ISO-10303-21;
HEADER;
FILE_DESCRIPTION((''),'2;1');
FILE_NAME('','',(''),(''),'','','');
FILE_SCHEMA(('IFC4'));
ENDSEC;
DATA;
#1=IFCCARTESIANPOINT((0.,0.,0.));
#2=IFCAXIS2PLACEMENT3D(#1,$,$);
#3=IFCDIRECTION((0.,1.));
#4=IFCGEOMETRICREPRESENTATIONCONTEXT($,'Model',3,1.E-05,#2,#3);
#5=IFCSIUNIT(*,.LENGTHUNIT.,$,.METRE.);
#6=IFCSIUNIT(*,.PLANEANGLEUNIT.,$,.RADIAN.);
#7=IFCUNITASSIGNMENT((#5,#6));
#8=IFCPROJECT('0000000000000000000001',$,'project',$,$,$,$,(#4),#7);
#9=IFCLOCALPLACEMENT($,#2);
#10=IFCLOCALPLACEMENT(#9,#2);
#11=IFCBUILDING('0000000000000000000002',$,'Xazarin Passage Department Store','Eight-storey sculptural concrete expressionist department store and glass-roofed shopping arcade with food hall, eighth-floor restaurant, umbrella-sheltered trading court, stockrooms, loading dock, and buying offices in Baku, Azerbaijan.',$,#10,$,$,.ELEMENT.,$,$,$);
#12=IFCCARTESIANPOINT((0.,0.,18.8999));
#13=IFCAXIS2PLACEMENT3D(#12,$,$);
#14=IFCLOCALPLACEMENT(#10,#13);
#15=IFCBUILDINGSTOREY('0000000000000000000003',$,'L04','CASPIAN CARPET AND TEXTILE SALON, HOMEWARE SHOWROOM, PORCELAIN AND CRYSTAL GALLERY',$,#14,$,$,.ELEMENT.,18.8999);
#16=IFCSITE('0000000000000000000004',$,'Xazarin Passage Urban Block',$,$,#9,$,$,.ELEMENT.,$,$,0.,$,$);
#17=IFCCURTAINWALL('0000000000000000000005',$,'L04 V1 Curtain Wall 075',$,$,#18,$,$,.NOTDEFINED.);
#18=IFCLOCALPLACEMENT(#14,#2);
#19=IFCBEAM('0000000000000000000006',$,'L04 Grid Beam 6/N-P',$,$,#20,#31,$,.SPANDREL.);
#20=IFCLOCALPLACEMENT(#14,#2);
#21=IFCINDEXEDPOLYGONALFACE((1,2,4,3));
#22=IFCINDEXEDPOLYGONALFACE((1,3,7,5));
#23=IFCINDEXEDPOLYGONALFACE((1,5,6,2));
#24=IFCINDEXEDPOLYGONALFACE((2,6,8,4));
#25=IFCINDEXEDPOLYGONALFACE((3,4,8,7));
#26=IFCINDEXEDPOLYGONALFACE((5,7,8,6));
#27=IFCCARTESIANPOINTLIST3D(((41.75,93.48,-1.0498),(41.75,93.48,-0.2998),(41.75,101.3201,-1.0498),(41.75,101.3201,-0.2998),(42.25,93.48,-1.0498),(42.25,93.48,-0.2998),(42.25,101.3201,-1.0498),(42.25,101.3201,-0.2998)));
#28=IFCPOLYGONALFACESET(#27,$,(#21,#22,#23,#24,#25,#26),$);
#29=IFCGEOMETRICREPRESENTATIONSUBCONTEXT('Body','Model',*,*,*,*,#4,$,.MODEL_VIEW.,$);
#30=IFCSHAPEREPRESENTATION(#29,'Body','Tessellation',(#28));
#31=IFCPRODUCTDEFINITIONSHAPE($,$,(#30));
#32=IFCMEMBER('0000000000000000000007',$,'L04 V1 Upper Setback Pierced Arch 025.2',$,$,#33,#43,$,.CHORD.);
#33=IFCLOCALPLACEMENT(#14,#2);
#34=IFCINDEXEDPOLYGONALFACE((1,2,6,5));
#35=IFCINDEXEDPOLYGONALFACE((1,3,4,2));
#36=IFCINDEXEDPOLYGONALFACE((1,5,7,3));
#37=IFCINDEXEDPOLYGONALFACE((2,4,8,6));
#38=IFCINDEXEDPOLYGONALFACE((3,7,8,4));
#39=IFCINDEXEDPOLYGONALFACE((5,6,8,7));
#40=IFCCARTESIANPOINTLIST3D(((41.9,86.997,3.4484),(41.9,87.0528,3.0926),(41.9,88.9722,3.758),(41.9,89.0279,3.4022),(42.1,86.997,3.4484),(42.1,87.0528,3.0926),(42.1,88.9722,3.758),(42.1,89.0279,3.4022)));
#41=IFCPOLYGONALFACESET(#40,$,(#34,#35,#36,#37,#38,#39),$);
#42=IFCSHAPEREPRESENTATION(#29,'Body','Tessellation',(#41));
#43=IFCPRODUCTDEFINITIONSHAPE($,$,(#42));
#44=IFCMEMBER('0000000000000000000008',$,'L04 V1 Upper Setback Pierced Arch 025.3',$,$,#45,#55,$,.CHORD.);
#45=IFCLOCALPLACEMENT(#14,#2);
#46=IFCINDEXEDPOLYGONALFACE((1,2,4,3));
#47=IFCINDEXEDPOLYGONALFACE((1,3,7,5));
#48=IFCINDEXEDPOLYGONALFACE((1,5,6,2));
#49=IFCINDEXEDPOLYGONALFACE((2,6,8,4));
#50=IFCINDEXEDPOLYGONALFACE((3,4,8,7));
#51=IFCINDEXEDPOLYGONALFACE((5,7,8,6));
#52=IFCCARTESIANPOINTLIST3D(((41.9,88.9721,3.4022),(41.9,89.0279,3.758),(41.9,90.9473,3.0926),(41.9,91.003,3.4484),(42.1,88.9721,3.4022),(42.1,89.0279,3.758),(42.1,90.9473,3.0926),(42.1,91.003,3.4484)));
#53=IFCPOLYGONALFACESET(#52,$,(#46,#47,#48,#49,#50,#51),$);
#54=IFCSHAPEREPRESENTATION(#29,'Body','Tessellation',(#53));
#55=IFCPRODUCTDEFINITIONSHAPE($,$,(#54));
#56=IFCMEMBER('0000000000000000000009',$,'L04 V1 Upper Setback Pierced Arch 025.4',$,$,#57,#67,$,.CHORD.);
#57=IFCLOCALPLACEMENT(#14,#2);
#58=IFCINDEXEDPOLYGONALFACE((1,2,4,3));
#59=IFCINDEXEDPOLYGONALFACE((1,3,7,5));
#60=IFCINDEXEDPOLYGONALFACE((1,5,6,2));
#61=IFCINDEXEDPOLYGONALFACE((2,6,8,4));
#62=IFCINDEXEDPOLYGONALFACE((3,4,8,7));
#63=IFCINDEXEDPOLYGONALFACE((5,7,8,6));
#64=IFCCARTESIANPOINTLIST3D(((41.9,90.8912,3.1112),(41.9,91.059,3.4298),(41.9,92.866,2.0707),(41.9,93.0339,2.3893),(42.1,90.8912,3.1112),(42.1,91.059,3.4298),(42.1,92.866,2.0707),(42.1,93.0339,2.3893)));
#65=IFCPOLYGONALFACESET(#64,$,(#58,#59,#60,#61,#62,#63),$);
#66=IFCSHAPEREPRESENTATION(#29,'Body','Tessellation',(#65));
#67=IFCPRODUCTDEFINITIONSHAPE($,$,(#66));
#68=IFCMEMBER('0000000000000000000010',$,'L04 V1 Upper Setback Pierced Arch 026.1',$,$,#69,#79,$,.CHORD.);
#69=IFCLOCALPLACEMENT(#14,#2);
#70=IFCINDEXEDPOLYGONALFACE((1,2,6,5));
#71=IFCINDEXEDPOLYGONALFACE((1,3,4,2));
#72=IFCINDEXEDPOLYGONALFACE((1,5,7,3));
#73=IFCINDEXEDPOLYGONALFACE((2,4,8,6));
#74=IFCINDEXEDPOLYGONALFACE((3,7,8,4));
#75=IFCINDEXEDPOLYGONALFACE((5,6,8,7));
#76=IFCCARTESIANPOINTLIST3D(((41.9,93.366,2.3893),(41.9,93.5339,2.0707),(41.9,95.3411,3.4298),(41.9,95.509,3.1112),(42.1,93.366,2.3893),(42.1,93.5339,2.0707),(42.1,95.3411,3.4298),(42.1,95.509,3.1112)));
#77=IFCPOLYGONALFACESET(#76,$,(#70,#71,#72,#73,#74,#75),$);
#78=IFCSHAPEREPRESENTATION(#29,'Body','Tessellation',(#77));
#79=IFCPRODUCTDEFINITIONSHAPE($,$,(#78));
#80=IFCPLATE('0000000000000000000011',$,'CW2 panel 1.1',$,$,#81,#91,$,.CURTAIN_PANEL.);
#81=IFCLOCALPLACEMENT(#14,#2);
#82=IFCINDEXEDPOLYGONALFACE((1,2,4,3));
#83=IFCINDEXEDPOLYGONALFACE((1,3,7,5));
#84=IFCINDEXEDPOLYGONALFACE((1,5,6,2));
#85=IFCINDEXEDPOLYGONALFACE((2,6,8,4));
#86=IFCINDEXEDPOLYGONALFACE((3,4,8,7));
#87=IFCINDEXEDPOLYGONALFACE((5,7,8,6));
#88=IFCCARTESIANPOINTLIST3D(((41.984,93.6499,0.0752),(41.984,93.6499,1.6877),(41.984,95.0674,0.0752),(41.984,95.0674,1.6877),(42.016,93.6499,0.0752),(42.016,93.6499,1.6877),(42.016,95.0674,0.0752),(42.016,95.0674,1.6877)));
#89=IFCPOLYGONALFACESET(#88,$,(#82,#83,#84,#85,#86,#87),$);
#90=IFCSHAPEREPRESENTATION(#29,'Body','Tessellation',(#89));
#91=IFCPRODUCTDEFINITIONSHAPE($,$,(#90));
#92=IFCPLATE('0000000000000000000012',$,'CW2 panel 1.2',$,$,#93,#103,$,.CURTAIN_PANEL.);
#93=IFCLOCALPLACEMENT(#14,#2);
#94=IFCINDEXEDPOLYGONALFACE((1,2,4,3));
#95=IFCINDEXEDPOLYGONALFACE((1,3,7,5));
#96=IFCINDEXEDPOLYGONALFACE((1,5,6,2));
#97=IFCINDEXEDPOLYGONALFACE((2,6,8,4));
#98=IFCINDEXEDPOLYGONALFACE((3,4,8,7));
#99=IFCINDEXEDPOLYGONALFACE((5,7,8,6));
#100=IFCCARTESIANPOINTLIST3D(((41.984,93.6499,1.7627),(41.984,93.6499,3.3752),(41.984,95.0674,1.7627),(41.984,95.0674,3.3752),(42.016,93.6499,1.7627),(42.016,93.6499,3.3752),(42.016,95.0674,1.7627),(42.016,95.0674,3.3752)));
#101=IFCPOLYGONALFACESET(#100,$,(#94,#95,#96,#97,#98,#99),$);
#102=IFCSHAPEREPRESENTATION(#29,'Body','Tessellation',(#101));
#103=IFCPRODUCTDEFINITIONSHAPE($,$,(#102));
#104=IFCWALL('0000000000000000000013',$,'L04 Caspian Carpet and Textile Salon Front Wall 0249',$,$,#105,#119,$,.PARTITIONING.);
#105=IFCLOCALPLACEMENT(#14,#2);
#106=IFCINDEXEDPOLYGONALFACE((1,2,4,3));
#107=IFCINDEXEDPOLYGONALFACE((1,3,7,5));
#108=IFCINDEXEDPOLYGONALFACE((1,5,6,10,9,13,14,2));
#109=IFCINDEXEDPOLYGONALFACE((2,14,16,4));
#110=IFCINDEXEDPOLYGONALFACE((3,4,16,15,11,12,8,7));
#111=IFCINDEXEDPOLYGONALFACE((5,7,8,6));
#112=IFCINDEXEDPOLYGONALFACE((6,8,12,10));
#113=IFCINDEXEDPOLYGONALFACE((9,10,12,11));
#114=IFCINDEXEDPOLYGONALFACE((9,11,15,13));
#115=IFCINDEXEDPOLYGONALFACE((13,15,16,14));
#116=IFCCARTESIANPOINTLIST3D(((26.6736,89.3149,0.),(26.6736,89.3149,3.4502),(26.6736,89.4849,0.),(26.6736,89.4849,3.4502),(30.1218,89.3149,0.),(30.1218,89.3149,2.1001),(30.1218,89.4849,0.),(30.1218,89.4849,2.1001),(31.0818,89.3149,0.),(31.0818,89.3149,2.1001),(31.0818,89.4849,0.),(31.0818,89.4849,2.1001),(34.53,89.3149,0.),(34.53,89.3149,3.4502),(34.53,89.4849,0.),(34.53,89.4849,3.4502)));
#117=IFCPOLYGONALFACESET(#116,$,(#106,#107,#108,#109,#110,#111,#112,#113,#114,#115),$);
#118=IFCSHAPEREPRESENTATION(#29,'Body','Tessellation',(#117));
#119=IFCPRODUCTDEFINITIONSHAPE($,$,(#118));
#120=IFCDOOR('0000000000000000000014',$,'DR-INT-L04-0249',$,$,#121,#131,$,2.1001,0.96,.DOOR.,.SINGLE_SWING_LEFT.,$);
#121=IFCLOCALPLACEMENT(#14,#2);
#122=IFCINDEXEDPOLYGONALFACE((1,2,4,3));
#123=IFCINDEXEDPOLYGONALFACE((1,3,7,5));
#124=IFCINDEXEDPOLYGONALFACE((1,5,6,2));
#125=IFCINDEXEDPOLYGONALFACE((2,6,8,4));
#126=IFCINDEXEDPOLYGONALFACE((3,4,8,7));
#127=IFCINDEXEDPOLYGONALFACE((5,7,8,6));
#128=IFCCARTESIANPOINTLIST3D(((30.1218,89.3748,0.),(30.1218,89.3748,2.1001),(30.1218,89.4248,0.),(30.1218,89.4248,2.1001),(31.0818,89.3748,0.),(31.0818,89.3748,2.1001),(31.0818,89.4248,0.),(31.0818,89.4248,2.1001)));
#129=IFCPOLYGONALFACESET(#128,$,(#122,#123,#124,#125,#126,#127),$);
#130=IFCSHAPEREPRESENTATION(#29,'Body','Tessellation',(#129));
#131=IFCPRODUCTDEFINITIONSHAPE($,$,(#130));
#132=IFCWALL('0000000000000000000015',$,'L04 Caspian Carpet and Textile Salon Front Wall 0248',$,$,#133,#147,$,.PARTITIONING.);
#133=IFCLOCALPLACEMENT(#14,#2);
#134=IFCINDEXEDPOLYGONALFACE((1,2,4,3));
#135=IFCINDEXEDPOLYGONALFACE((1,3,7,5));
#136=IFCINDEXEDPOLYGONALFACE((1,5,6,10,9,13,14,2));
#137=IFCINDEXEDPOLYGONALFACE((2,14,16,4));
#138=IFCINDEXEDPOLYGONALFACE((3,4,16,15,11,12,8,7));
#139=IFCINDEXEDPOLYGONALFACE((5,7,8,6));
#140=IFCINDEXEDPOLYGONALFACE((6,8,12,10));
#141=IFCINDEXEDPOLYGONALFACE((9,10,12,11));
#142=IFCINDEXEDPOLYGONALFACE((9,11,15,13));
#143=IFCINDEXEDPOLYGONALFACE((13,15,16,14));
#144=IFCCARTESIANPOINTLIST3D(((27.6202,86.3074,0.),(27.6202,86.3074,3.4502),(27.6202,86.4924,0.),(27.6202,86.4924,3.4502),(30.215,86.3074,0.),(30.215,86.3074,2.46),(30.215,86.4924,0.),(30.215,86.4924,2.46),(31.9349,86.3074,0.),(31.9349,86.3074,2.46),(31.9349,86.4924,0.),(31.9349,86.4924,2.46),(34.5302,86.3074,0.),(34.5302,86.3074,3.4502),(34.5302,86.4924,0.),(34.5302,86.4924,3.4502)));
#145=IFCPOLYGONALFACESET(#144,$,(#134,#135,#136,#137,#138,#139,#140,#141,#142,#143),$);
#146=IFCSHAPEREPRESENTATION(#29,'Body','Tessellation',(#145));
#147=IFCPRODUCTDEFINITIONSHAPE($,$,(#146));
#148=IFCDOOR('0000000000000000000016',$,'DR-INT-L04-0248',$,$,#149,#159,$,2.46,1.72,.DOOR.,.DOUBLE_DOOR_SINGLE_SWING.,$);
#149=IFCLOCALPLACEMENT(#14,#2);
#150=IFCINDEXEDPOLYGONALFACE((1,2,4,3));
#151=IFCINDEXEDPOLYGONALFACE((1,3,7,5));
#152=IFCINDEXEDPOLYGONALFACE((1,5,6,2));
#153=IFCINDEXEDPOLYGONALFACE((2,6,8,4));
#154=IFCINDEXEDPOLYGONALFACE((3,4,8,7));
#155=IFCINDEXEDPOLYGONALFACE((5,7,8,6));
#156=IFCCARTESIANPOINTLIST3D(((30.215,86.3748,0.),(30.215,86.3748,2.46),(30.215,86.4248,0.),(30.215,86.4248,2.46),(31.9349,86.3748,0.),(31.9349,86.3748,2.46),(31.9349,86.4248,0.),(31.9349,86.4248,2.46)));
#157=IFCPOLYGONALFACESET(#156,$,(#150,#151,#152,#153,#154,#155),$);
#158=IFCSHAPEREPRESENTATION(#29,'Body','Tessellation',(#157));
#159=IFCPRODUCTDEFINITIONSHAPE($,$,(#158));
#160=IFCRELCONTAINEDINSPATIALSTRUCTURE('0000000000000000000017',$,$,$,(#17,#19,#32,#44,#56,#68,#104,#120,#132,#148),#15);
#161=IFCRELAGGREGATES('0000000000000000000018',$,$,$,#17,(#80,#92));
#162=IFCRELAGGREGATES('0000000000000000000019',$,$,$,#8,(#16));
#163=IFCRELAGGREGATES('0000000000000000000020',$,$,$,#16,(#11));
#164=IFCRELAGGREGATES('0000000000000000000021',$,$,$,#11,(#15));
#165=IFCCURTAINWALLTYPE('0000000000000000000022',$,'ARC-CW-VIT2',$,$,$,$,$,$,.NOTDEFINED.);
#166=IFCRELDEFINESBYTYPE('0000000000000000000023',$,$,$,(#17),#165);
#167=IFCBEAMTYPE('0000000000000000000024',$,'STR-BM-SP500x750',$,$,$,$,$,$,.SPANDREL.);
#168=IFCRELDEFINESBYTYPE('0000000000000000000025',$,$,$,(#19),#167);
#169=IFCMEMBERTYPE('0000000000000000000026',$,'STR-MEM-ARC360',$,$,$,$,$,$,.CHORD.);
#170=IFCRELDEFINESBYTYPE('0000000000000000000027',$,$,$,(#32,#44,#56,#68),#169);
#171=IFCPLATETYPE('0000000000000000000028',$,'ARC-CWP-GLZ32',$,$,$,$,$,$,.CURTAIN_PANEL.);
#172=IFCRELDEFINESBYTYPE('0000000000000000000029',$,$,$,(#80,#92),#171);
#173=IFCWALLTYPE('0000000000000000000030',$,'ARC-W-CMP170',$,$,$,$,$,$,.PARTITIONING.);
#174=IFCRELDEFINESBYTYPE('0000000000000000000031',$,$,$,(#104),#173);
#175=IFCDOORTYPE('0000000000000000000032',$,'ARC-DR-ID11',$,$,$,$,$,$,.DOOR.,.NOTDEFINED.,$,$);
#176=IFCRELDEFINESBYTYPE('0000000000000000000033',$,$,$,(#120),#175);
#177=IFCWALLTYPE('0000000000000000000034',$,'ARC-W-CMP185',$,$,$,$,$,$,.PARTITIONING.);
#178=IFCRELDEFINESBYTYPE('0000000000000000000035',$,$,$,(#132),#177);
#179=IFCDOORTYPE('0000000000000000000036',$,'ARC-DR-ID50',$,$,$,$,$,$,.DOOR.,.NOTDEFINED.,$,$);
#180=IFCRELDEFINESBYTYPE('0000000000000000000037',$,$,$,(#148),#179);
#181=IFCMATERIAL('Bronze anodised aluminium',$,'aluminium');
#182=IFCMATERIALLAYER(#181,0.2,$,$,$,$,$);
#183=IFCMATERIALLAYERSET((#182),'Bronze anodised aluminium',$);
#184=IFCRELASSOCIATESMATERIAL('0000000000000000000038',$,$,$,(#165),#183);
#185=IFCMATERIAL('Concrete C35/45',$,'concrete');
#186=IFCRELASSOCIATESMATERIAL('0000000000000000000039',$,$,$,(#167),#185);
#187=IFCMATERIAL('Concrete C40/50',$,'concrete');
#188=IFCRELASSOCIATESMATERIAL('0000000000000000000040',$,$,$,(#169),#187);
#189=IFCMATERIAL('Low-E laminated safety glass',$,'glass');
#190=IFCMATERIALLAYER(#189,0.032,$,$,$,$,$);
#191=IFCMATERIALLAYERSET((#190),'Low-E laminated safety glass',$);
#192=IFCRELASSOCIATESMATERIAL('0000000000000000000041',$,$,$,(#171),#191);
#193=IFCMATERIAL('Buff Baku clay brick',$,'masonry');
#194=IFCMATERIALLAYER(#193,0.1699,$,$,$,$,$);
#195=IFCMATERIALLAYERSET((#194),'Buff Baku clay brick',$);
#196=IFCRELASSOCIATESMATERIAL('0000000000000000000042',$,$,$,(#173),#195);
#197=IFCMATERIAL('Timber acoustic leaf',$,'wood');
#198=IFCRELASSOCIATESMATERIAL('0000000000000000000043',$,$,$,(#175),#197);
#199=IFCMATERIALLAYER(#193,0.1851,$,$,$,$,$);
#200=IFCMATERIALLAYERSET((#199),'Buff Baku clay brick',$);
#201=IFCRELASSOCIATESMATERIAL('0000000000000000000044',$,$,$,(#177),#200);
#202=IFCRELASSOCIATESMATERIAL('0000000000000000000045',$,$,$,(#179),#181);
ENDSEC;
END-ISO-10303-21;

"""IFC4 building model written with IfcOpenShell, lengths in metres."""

from ifc_helpers import new_model, si_unit, direction, frame, frame_2d, origin, origin_2d, place, context, subcontext, project, spatial, rectangle, extrude, material, layer, layer_set, material_profile, profile_set, type_object, element, fill, aggregate, save


model = new_model("IFC4")

# Units and contexts
model_context = context("Model", 3, precision=1e-05, world=origin(), true_north=direction((0.0, 1.0)))
body_context = subcontext(model_context, "Body", "Model", "MODEL_VIEW")
ifc_project = project(units=[si_unit("LENGTHUNIT", "METRE"), si_unit("PLANEANGLEUNIT", "RADIAN")], contexts=[model_context])

# Site, building, storey
site_placement = place(None, origin())
site = spatial("IfcSite", under=ifc_project, at=site_placement, Name="Xazarin Passage Urban Block", CompositionType="ELEMENT", RefElevation=0.0)
building_placement = place(site_placement, origin())
building = spatial("IfcBuilding", under=site, at=building_placement, Name="Xazarin Passage Department Store", Description="Eight-storey sculptural concrete expressionist department store and glass-roofed shopping arcade with food hall, eighth-floor restaurant, umbrella-sheltered trading court, stockrooms, loading dock, and buying offices in Baku, Azerbaijan.", CompositionType="ELEMENT")
storey_placement = place(building_placement, frame((0.0, 0.0, 18.8999)))
storey = spatial("IfcBuildingStorey", under=building, at=storey_placement, Name="L04", Description="CASPIAN CARPET AND TEXTILE SALON, HOMEWARE SHOWROOM, PORCELAIN AND CRYSTAL GALLERY", CompositionType="ELEMENT", Elevation=18.8999)

# Shared definitions
ifc_material_1 = material(Name="Concrete C40/50", Category="concrete")

# Curtain wall
ifc_material_2 = material(Name="Bronze anodised aluminium", Category="aluminium")
ifc_layer_1 = layer(ifc_material_2, 0.2)
ifc_layer_set_1 = layer_set([ifc_layer_1], Name="Bronze anodised aluminium")
curtain_wall_type = type_object("IfcCurtainWallType", Name="ARC-CW-VIT2", PredefinedType="NOTDEFINED", material=ifc_layer_set_1)
curtain_wall_placement = place(storey_placement, origin())
curtain_wall = element("IfcCurtainWall", 1, at=curtain_wall_placement, inside=storey, type_object=curtain_wall_type, Name="L04 V1 Curtain Wall 075", PredefinedType="NOTDEFINED")

# Beam
ifc_material_3 = material(Name="Concrete C35/45", Category="concrete")
ifc_material_profile_1 = material_profile(ifc_material_3, rectangle(XDim=0.5, YDim=0.75, at=origin_2d()), Name="RC 500x750")
ifc_profile_set_1 = profile_set([ifc_material_profile_1], Name="Concrete C35/45")
beam_type_1 = type_object("IfcBeamType", Name="STR-BM-SP500x750", PredefinedType="SPANDREL", material=ifc_profile_set_1)
beam_1_placement = place(storey_placement, frame((42.0, 93.48, -0.6748), z_axis=(0.0, 1.0, 0.0), x_axis=(-1.0, 0.0, 0.0)))
element("IfcBeam", 2, at=beam_1_placement, inside=storey, type_object=beam_type_1, Name="L04 Grid Beam 6/N-P", PredefinedType="SPANDREL", context=body_context, shape_type="SweptSolid", body=[
    extrude(rectangle(XDim=0.5, YDim=0.75, at=origin_2d()), origin(), (0.0, 0.0, 1.0), 7.8401),
])

# Members
ifc_material_profile_2 = material_profile(ifc_material_1, rectangle(XDim=0.2, YDim=0.3601, at=origin_2d()), Name="RC 200x360")
ifc_profile_set_2 = profile_set([ifc_material_profile_2], Name="Concrete C40/50")
member_type_1 = type_object("IfcMemberType", Name="STR-MEM-ARC360", PredefinedType="CHORD", material=ifc_profile_set_2)
for number, where, z_axis, x_axis, name in (
    (3, (42.0, 87.0249, 3.2705), (0.0, 0.987939, 0.154846), (-1.0, 0.0, 0.0), "L04 V1 Upper Setback Pierced Arch 025.2"),
    (4, (42.0, 89.0, 3.5801), (0.0, 0.987939, -0.154846), (-1.0, 0.0, 0.0), "L04 V1 Upper Setback Pierced Arch 025.3"),
):
    element("IfcMember", number, at=place(storey_placement, frame(where, z_axis=z_axis, x_axis=x_axis)), inside=storey, type_object=member_type_1, Name=name, PredefinedType="CHORD", context=body_context, shape_type="SweptSolid", body=[
        extrude(rectangle(XDim=0.2, YDim=0.3601, at=origin_2d()), origin(), (0.0, 0.0, 1.0), 1.9993),
    ])
member_1_placement = place(storey_placement, frame((42.0, 90.9751, 3.2705), z_axis=(0.0, 0.884709, -0.466143), x_axis=(-1.0, 0.0, 0.0)))
element("IfcMember", 5, at=member_1_placement, inside=storey, type_object=member_type_1, Name="L04 V1 Upper Setback Pierced Arch 025.4", PredefinedType="CHORD", context=body_context, shape_type="SweptSolid", body=[
    extrude(rectangle(XDim=0.2, YDim=0.3601, at=origin_2d()), origin(), (0.0, 0.0, 1.0), 2.2322),
])
member_2_placement = place(storey_placement, frame((42.0, 93.45, 2.23), z_axis=(0.0, 0.884733, 0.466098), x_axis=(-1.0, 0.0, 0.0)))
element("IfcMember", 6, at=member_2_placement, inside=storey, type_object=member_type_1, Name="L04 V1 Upper Setback Pierced Arch 026.1", PredefinedType="CHORD", context=body_context, shape_type="SweptSolid", body=[
    extrude(rectangle(XDim=0.2, YDim=0.3601, at=origin_2d()), origin(), (0.0, 0.0, 1.0), 2.2324),
])

# Plates
ifc_material_4 = material(Name="Low-E laminated safety glass", Category="glass")
ifc_layer_2 = layer(ifc_material_4, 0.032)
ifc_layer_set_2 = layer_set([ifc_layer_2], Name="Low-E laminated safety glass")
plate_type = type_object("IfcPlateType", Name="ARC-CWP-GLZ32", PredefinedType="CURTAIN_PANEL", material=ifc_layer_set_2)
plate_1_placement = place(storey_placement, frame((42.0, 94.3586, 0.0752), z_axis=(0.0, 0.0, 1.0), x_axis=(0.0, 1.0, 0.0)))
plate_1 = element("IfcPlate", 7, at=plate_1_placement, type_object=plate_type, Name="CW2 panel 1.1", PredefinedType="CURTAIN_PANEL", context=body_context, shape_type="SweptSolid", body=[
    extrude(rectangle(XDim=1.4175, YDim=0.032, at=origin_2d()), origin(), (0.0, 0.0, 1.0), 1.6125),
])
plate_2_placement = place(storey_placement, frame((42.0, 94.3586, 1.7627), z_axis=(0.0, 0.0, 1.0), x_axis=(0.0, 1.0, 0.0)))
plate_2 = element("IfcPlate", 8, at=plate_2_placement, type_object=plate_type, Name="CW2 panel 1.2", PredefinedType="CURTAIN_PANEL", context=body_context, shape_type="SweptSolid", body=[
    extrude(rectangle(XDim=1.4175, YDim=0.032, at=origin_2d()), origin(), (0.0, 0.0, 1.0), 1.6125),
])
aggregate(curtain_wall, [plate_1, plate_2])

# Walls, openings, doors
ifc_material_5 = material(Name="Buff Baku clay brick", Category="masonry")
ifc_layer_3 = layer(ifc_material_5, 0.1699)
ifc_layer_set_3 = layer_set([ifc_layer_3], Name="Buff Baku clay brick")
wall_type_1 = type_object("IfcWallType", Name="ARC-W-CMP170", PredefinedType="PARTITIONING", material=ifc_layer_set_3)
wall_1_placement = place(storey_placement, frame((26.6736, 89.3999, 0.0), z_axis=(0.0, 0.0, 1.0), x_axis=(1.0, 0.0, 0.0)))
wall_1 = element("IfcWall", 9, at=wall_1_placement, inside=storey, type_object=wall_type_1, Name="L04 Caspian Carpet and Textile Salon Front Wall 0249", PredefinedType="PARTITIONING", context=body_context, shape_type="SweptSolid", body=[
    extrude(rectangle(XDim=7.8564, YDim=0.1699, at=frame_2d((3.9282, 0.0))), origin(), (0.0, 0.0, 1.0), 3.4502),
])
opening_1_placement = place(wall_1_placement, frame((3.4482, 0.0, 0.0)))
opening_1 = element("IfcOpeningElement", 10, at=opening_1_placement, cuts=wall_1, PredefinedType="OPENING", context=body_context, shape_type="SweptSolid", body=[
    extrude(rectangle(XDim=0.96, YDim=2.1001, at=frame_2d((0.48, 1.05))), frame((0.0, 0.095, 0.0), z_axis=(0.0, -1.0, 0.0), x_axis=(1.0, 0.0, 0.0)), (0.0, 0.0, 1.0), 0.1899),
])
ifc_material_6 = material(Name="Timber acoustic leaf", Category="wood")
door_type_1 = type_object("IfcDoorType", Name="ARC-DR-ID11", OperationType="NOTDEFINED", PredefinedType="DOOR", material=ifc_material_6)
door_1_placement = place(opening_1_placement, origin())
door_1 = element("IfcDoor", 11, at=door_1_placement, inside=storey, type_object=door_type_1, Name="DR-INT-L04-0249", OperationType="SINGLE_SWING_LEFT", OverallHeight=2.1001, OverallWidth=0.96, PredefinedType="DOOR", context=body_context, shape_type="SweptSolid", body=[
    extrude(rectangle(XDim=0.96, YDim=2.1001, at=frame_2d((0.48, 1.05))), frame((0.0, 0.0249, 0.0), z_axis=(0.0, -1.0, 0.0), x_axis=(1.0, 0.0, 0.0)), (0.0, 0.0, 1.0), 0.05),
])
fill(opening_1, door_1)
ifc_layer_4 = layer(ifc_material_5, 0.1851)
ifc_layer_set_4 = layer_set([ifc_layer_4], Name="Buff Baku clay brick")
wall_type_2 = type_object("IfcWallType", Name="ARC-W-CMP185", PredefinedType="PARTITIONING", material=ifc_layer_set_4)
wall_2_placement = place(storey_placement, frame((27.6201, 86.3999, 0.0), z_axis=(0.0, 0.0, 1.0), x_axis=(1.0, 0.0, 0.0)))
wall_2 = element("IfcWall", 12, at=wall_2_placement, inside=storey, type_object=wall_type_2, Name="L04 Caspian Carpet and Textile Salon Front Wall 0248", PredefinedType="PARTITIONING", context=body_context, shape_type="SweptSolid", body=[
    extrude(rectangle(XDim=6.9099, YDim=0.1851, at=frame_2d((3.4551, 0.0))), origin(), (0.0, 0.0, 1.0), 3.4502),
])
opening_2_placement = place(wall_2_placement, frame((2.595, 0.0, 0.0)))
opening_2 = element("IfcOpeningElement", 13, at=opening_2_placement, cuts=wall_2, PredefinedType="OPENING", context=body_context, shape_type="SweptSolid", body=[
    extrude(rectangle(XDim=1.72, YDim=2.46, at=frame_2d((0.8599, 1.23))), frame((0.0, 0.1025, 0.0), z_axis=(0.0, -1.0, 0.0), x_axis=(1.0, 0.0, 0.0)), (0.0, 0.0, 1.0), 0.2051),
])
door_type_2 = type_object("IfcDoorType", Name="ARC-DR-ID50", OperationType="NOTDEFINED", PredefinedType="DOOR", material=ifc_material_2)
door_2_placement = place(opening_2_placement, origin())
door_2 = element("IfcDoor", 14, at=door_2_placement, inside=storey, type_object=door_type_2, Name="DR-INT-L04-0248", OperationType="DOUBLE_DOOR_SINGLE_SWING", OverallHeight=2.46, OverallWidth=1.72, PredefinedType="DOOR", context=body_context, shape_type="SweptSolid", body=[
    extrude(rectangle(XDim=1.72, YDim=2.46, at=frame_2d((0.8599, 1.23))), frame((0.0, 0.0249, 0.0), z_axis=(0.0, -1.0, 0.0), x_axis=(1.0, 0.0, 0.0)), (0.0, 0.0, 1.0), 0.05),
])
fill(opening_2, door_2)

save(model, "model.ifc")
